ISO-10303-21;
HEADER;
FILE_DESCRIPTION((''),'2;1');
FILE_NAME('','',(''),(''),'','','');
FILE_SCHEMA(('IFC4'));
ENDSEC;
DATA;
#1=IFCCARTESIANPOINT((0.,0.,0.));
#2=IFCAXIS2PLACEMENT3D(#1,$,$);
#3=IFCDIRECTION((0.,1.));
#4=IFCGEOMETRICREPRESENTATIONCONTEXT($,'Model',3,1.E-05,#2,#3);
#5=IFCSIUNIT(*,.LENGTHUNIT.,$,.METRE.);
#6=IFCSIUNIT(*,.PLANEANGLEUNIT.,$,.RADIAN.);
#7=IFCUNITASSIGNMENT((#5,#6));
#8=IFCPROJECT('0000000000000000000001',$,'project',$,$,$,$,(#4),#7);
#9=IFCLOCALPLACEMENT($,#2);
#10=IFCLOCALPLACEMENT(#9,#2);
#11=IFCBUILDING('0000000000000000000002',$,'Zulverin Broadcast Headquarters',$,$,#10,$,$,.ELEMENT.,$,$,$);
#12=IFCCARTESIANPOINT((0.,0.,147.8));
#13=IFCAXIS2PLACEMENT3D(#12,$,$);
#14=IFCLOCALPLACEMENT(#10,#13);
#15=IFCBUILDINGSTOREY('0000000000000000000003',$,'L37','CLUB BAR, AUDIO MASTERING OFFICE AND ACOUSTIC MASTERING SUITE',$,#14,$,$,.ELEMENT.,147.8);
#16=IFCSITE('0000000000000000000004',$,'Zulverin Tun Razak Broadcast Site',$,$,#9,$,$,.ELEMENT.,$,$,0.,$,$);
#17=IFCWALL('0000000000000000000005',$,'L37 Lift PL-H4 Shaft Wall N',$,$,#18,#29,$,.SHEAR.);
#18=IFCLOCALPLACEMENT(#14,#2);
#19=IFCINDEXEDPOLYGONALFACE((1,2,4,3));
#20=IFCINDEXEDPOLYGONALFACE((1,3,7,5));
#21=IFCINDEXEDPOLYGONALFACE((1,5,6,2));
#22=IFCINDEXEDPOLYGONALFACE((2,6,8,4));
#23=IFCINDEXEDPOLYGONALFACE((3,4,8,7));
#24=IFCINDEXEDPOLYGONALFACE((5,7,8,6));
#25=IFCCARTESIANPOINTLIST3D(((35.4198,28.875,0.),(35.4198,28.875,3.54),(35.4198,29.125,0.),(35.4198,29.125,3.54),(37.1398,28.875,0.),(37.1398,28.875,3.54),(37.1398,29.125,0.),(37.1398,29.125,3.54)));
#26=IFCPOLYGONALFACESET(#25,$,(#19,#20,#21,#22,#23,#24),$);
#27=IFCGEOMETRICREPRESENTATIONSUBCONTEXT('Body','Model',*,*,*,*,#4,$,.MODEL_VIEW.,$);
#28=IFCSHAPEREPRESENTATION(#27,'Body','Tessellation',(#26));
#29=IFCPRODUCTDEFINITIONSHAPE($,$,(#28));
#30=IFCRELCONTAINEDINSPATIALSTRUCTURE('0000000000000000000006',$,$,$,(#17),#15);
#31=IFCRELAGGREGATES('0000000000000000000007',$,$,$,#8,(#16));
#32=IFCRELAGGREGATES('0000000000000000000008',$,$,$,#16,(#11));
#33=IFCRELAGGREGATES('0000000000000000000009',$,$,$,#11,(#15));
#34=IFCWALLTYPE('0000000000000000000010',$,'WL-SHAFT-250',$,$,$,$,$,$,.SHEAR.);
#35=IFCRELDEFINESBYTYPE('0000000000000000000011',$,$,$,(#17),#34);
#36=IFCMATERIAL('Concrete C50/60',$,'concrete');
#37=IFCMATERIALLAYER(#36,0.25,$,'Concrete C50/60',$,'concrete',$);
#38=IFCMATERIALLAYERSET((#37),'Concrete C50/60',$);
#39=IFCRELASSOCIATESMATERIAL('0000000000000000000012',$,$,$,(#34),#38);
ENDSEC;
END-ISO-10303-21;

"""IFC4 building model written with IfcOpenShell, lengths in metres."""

from ifc_helpers import new_model, si_unit, direction, frame, frame_2d, origin, place, context, subcontext, project, spatial, rectangle, extrude, material, layer, layer_set, type_object, element, save


model = new_model("IFC4")

# Units and contexts
model_context = context("Model", 3, precision=1e-05, world=origin(), true_north=direction((0.0, 1.0)))
body_context = subcontext(model_context, "Body", "Model", "MODEL_VIEW")
ifc_project = project(units=[si_unit("LENGTHUNIT", "METRE"), si_unit("PLANEANGLEUNIT", "RADIAN")], contexts=[model_context])

# Site, building, storey
site_placement = place(None, origin())
site = spatial("IfcSite", under=ifc_project, at=site_placement, Name="Zulverin Tun Razak Broadcast Site", CompositionType="ELEMENT", RefElevation=0.0)
building_placement = place(site_placement, origin())
building = spatial("IfcBuilding", under=site, at=building_placement, Name="Zulverin Broadcast Headquarters", CompositionType="ELEMENT")
storey_placement = place(building_placement, frame((0.0, 0.0, 147.8)))
storey = spatial("IfcBuildingStorey", under=building, at=storey_placement, Name="L37", Description="CLUB BAR, AUDIO MASTERING OFFICE AND ACOUSTIC MASTERING SUITE", CompositionType="ELEMENT", Elevation=147.8)

# Shared definitions
ifc_material_1 = material(Name="Concrete C50/60", Category="concrete")
ifc_layer_1 = layer(ifc_material_1, 0.25, Name="Concrete C50/60", Category="concrete")
ifc_layer_set_1 = layer_set([ifc_layer_1], Name="Concrete C50/60")
wall_type_1 = type_object("IfcWallType", Name="WL-SHAFT-250", PredefinedType="SHEAR", material=ifc_layer_set_1)

# Wall
for number, where, z_axis, x_axis, name in (
    (1, (35.4199, 29.0, 0.0), (0.0, 0.0, 1.0), (1.0, 0.0, 0.0), "L37 Lift PL-H4 Shaft Wall N"),
):
    element("IfcWall", number, at=place(storey_placement, frame(where, z_axis=z_axis, x_axis=x_axis)), inside=storey, type_object=wall_type_1, Name=name, PredefinedType="SHEAR", context=body_context, shape_type="SweptSolid", body=[
        extrude(rectangle(XDim=1.72, YDim=0.25, at=frame_2d((0.8599, 0.0))), origin(), (0.0, 0.0, 1.0), 3.54),
    ])

save(model, "model.ifc")
